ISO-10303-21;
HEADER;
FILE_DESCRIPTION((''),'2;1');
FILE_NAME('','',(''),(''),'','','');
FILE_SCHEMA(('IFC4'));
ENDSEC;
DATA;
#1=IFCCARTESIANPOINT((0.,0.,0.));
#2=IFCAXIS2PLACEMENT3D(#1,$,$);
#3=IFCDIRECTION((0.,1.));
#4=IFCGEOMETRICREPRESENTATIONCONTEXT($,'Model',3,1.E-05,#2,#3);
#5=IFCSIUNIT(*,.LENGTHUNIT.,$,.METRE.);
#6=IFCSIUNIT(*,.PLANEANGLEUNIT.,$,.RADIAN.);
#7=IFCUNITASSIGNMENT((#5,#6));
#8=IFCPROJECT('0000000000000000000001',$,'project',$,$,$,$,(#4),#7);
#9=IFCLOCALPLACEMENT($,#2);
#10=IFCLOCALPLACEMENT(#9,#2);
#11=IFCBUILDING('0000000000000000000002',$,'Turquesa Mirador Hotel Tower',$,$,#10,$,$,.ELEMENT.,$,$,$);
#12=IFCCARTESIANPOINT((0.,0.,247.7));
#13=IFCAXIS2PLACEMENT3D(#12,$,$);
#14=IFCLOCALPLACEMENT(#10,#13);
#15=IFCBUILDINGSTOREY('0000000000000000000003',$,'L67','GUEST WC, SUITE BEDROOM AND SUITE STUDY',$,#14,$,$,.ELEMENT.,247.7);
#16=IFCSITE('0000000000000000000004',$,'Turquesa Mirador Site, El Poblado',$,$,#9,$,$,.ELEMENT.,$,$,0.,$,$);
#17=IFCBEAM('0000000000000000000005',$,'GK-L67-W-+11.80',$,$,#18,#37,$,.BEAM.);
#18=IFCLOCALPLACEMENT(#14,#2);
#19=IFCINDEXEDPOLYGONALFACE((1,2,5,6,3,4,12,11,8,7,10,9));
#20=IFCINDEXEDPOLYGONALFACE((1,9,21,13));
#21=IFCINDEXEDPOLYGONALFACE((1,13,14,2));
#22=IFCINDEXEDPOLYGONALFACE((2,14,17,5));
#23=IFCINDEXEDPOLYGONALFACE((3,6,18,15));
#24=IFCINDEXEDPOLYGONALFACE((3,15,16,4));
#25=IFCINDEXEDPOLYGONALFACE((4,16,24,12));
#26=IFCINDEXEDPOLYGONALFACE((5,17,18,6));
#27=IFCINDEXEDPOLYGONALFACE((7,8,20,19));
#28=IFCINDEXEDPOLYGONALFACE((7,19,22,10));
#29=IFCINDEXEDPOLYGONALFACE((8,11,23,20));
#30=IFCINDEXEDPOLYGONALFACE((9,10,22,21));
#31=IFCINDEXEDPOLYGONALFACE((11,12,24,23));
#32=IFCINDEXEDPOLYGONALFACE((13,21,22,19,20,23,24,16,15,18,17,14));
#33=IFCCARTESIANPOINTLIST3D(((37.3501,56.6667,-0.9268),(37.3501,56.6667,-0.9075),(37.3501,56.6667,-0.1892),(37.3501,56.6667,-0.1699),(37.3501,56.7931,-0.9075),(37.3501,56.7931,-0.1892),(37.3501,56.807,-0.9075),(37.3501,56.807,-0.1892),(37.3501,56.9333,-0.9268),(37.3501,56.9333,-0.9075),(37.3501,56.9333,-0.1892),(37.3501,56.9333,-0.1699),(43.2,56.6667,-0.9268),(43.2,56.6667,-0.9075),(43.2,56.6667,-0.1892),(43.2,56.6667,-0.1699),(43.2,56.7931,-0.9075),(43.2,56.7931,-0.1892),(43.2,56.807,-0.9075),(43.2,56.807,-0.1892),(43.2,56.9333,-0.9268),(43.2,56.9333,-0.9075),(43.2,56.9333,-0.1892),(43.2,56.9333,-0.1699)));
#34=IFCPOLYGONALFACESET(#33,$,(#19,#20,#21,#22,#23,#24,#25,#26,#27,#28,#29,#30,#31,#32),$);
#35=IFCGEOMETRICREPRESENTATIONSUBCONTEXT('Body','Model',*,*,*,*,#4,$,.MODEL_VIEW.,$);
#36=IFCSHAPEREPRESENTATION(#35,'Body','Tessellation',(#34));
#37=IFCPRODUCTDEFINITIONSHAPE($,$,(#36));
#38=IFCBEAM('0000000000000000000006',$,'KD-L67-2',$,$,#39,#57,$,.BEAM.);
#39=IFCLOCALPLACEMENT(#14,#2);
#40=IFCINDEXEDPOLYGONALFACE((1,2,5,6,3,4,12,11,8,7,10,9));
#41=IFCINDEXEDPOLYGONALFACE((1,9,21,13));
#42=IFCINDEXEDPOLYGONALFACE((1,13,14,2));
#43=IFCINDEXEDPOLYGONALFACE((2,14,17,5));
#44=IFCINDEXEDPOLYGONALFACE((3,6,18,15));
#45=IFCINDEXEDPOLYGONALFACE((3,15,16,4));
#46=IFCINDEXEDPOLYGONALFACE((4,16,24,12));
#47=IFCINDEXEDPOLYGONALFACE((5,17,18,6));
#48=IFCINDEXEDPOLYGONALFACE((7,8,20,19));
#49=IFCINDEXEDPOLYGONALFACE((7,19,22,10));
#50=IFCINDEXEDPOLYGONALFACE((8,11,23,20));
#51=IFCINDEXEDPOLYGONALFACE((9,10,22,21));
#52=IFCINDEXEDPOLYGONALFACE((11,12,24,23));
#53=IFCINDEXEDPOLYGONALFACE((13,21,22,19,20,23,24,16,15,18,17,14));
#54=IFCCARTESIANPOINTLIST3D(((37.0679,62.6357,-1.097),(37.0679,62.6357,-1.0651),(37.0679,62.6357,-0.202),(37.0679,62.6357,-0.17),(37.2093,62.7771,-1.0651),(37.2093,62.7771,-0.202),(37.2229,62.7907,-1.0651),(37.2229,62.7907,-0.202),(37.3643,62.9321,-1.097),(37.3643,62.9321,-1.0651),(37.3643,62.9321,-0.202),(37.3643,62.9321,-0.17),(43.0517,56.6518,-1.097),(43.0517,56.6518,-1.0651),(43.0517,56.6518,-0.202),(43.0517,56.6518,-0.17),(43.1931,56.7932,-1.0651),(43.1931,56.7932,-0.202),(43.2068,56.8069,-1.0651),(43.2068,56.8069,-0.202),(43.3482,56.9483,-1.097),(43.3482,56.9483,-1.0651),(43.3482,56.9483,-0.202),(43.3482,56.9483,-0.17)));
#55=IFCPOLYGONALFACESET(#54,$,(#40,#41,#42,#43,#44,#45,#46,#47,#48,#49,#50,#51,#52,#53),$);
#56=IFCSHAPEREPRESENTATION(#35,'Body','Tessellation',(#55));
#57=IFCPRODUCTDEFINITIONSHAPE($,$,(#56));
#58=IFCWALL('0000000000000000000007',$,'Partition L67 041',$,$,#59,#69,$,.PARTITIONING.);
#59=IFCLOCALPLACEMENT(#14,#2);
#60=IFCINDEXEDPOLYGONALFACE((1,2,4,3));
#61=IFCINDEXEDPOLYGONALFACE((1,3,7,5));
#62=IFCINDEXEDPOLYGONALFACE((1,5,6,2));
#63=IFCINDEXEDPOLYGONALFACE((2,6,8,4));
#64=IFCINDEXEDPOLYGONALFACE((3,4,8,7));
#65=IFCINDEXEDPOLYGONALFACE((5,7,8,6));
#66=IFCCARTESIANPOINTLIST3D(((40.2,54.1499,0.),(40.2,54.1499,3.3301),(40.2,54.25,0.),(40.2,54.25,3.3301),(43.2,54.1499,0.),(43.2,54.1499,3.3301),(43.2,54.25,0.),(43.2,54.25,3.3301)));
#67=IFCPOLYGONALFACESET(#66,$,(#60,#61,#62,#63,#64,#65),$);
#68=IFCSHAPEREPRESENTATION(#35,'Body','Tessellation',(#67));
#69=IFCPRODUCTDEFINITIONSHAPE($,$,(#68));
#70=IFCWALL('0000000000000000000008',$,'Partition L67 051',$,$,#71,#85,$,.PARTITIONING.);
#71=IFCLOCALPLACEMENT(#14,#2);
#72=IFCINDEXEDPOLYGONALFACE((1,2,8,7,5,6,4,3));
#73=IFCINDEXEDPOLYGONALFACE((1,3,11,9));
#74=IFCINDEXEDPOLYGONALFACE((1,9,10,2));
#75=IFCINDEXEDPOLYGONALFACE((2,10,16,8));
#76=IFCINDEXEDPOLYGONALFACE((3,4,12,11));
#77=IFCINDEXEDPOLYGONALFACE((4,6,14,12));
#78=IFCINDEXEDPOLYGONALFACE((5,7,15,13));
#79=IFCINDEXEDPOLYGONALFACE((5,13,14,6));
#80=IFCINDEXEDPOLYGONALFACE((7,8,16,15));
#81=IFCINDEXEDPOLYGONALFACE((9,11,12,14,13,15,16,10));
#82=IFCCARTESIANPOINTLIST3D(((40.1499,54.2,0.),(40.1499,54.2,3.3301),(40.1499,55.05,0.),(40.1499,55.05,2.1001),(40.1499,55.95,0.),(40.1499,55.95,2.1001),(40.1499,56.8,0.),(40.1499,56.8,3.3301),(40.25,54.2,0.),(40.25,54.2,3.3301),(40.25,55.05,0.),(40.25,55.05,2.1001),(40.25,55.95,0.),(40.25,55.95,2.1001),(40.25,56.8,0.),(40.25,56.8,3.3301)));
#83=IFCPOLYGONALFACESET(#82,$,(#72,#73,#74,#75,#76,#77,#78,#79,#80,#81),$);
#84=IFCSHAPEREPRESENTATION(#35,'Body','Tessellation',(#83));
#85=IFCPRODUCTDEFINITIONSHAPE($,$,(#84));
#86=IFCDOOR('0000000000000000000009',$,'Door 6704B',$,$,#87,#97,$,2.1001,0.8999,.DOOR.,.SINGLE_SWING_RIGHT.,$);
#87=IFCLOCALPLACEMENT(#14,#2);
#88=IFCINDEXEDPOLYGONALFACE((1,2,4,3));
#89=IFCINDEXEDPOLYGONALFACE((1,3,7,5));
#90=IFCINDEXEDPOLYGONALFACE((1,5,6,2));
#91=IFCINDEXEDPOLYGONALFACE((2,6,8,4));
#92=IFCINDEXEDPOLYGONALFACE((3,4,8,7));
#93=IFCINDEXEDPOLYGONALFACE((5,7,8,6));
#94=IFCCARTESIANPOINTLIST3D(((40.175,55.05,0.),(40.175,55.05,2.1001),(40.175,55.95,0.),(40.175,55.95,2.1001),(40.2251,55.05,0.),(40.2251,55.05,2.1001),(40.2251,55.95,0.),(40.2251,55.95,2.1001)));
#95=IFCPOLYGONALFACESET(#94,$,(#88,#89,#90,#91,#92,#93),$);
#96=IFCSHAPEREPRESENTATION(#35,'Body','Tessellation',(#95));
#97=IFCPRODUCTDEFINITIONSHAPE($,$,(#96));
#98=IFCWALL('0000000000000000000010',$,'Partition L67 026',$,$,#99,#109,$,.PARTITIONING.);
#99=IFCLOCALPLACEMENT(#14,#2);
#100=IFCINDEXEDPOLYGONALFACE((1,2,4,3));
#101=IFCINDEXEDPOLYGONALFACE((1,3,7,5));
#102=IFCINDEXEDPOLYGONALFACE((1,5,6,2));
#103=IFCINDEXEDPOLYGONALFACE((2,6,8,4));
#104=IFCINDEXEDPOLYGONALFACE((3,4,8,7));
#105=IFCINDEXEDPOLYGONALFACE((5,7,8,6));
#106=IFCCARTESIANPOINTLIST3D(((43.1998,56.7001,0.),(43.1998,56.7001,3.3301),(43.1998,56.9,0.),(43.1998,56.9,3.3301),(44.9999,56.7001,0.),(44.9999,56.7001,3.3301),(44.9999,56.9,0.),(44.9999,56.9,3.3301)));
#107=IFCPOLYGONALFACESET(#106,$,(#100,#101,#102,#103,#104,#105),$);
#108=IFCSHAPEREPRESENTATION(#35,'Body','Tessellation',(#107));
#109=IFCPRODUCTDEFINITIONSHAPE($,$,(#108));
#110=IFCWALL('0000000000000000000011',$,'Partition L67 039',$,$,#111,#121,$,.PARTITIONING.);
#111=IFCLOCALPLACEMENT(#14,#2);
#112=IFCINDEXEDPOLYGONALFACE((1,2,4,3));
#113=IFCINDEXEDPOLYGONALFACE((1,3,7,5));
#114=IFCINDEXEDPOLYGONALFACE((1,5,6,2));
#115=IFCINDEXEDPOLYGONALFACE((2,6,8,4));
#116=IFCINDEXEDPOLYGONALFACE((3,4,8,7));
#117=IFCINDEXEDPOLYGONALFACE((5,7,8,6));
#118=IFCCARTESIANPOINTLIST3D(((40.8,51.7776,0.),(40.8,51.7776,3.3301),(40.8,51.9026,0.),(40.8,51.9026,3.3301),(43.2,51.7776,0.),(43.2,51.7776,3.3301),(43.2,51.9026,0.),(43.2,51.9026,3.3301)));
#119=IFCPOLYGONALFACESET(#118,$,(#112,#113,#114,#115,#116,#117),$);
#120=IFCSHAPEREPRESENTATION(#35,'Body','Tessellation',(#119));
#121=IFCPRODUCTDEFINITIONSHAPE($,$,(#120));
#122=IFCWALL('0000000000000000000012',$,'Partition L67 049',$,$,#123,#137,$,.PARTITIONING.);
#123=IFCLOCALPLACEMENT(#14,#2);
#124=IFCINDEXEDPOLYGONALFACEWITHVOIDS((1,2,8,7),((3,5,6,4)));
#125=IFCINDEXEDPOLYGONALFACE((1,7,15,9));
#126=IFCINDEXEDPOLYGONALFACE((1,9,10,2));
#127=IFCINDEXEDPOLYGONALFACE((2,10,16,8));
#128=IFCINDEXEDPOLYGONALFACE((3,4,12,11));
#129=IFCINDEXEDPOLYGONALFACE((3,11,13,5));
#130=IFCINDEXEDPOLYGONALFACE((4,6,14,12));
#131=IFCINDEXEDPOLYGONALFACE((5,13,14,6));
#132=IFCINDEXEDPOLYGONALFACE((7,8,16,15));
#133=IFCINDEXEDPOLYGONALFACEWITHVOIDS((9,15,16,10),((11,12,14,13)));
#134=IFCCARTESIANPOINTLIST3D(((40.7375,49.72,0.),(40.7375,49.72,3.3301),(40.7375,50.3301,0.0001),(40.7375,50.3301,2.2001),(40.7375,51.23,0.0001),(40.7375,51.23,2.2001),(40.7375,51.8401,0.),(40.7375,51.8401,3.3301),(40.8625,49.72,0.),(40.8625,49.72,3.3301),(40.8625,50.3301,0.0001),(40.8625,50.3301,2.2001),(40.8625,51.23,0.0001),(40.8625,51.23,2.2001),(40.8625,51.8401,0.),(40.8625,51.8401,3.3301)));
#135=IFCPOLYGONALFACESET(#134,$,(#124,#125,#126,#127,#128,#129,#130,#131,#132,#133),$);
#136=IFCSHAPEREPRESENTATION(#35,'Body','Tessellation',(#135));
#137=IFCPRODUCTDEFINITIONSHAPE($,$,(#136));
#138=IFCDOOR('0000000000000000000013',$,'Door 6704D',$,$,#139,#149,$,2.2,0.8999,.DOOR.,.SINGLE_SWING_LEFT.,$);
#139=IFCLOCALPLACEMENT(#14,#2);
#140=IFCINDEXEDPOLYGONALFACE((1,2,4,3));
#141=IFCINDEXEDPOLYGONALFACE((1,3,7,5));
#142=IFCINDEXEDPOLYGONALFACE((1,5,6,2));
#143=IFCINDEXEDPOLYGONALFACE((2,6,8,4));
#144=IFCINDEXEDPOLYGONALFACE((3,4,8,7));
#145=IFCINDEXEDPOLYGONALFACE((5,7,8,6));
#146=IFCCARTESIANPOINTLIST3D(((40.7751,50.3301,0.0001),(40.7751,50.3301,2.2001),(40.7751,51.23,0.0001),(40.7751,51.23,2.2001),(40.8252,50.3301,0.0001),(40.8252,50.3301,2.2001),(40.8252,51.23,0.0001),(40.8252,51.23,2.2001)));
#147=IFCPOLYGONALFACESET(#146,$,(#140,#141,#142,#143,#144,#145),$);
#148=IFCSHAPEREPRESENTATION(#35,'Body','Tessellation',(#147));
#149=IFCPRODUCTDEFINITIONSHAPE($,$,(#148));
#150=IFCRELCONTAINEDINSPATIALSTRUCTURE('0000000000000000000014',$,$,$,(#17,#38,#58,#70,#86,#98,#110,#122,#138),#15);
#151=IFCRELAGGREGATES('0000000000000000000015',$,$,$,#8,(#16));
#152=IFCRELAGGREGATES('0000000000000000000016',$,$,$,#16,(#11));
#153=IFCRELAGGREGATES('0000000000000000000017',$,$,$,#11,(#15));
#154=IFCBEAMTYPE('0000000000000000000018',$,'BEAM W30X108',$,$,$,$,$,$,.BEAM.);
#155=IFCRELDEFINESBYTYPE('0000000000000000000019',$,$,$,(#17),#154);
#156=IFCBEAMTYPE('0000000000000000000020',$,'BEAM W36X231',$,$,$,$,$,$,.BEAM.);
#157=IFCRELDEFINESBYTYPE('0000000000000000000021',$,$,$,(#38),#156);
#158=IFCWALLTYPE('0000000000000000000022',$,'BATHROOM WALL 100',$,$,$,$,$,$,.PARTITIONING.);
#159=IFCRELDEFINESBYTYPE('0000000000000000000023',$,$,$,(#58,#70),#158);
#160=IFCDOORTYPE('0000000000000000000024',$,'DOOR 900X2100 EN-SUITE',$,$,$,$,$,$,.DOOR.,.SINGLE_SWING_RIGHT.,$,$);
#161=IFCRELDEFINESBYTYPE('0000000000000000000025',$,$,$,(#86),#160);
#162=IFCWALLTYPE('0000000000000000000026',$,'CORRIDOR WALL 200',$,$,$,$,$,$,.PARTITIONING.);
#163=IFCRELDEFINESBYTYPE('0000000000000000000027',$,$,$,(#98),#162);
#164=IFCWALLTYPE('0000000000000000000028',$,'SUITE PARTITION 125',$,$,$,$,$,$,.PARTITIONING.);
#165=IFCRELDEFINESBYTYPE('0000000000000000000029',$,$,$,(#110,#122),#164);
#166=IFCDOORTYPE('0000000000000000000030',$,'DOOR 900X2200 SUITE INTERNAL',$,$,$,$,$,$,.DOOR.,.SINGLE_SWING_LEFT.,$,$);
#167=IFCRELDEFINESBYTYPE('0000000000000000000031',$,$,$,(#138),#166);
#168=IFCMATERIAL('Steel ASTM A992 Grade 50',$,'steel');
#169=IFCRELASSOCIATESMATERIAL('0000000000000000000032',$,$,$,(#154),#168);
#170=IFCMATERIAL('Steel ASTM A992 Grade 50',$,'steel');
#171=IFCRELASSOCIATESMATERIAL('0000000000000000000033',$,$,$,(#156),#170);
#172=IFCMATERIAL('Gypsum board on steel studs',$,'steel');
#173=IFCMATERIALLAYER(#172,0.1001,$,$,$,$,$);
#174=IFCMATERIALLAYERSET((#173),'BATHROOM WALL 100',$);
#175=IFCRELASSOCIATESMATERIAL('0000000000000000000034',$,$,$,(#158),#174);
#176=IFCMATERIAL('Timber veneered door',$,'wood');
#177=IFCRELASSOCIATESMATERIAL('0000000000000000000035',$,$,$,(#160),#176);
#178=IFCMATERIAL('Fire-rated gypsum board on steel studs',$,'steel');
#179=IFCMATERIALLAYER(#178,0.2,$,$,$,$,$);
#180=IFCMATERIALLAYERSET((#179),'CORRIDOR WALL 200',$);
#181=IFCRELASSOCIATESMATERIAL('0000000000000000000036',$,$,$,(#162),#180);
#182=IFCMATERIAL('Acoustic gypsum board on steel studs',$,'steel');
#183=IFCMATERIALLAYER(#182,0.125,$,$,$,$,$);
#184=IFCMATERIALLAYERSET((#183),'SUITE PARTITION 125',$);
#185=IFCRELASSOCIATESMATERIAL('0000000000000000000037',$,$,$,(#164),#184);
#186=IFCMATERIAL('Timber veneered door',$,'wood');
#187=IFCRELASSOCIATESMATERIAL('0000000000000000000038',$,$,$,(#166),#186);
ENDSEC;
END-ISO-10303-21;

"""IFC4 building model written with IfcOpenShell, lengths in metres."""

from ifc_helpers import new_model, si_unit, direction, frame, frame_2d, origin, origin_2d, place, context, subcontext, project, spatial, rectangle, i_section, extrude, material, layer, layer_set, material_profile, profile_set, type_object, element, fill, save


model = new_model("IFC4")

# Units and contexts
model_context = context("Model", 3, precision=1e-05, world=origin(), true_north=direction((0.0, 1.0)))
body_context = subcontext(model_context, "Body", "Model", "MODEL_VIEW")
ifc_project = project(units=[si_unit("LENGTHUNIT", "METRE"), si_unit("PLANEANGLEUNIT", "RADIAN")], contexts=[model_context])

# Site, building, storey
site_placement = place(None, origin())
site = spatial("IfcSite", under=ifc_project, at=site_placement, Name="Turquesa Mirador Site, El Poblado", CompositionType="ELEMENT", RefElevation=0.0)
building_placement = place(site_placement, origin())
building = spatial("IfcBuilding", under=site, at=building_placement, Name="Turquesa Mirador Hotel Tower", CompositionType="ELEMENT")
storey_placement = place(building_placement, frame((0.0, 0.0, 247.7)))
storey = spatial("IfcBuildingStorey", under=building, at=storey_placement, Name="L67", Description="GUEST WC, SUITE BEDROOM AND SUITE STUDY", CompositionType="ELEMENT", Elevation=247.7)

# Beams
ifc_material_1 = material(Name="Steel ASTM A992 Grade 50", Category="steel")
ifc_material_profile_1 = material_profile(ifc_material_1, i_section(OverallWidth=0.2666, OverallDepth=0.7568, WebThickness=0.0139, FlangeThickness=0.0193, at=origin_2d()), Name="W30X108")
ifc_profile_set_1 = profile_set([ifc_material_profile_1], Name="Steel ASTM A992 Grade 50")
beam_type_1 = type_object("IfcBeamType", Name="BEAM W30X108", PredefinedType="BEAM", material=ifc_profile_set_1)
beam_1_placement = place(storey_placement, frame((37.3501, 56.8, -0.5483), z_axis=(1.0, 0.0, 0.0), x_axis=(0.0, 1.0, 0.0)))
element("IfcBeam", 1, at=beam_1_placement, inside=storey, type_object=beam_type_1, Name="GK-L67-W-+11.80", PredefinedType="BEAM", context=body_context, shape_type="SweptSolid", body=[
    extrude(i_section(OverallWidth=0.2666, OverallDepth=0.7568, WebThickness=0.0139, FlangeThickness=0.0193, at=origin_2d()), origin(), (0.0, 0.0, 1.0), 5.8499),
])
ifc_material_2 = material(Name="Steel ASTM A992 Grade 50", Category="steel")
ifc_material_profile_2 = material_profile(ifc_material_2, i_section(OverallWidth=0.4192, OverallDepth=0.927, WebThickness=0.0193, FlangeThickness=0.032, at=origin_2d()), Name="W36X231")
ifc_profile_set_2 = profile_set([ifc_material_profile_2], Name="Steel ASTM A992 Grade 50")
beam_type_2 = type_object("IfcBeamType", Name="BEAM W36X231", PredefinedType="BEAM", material=ifc_profile_set_2)
beam_2_placement = place(storey_placement, frame((43.2, 56.8, -0.6335), z_axis=(-0.707107, 0.707107, 0.0), x_axis=(-0.707107, -0.707107, 0.0)))
element("IfcBeam", 2, at=beam_2_placement, inside=storey, type_object=beam_type_2, Name="KD-L67-2", PredefinedType="BEAM", context=body_context, shape_type="SweptSolid", body=[
    extrude(i_section(OverallWidth=0.4192, OverallDepth=0.927, WebThickness=0.0193, FlangeThickness=0.032, at=origin_2d()), origin(), (0.0, 0.0, 1.0), 8.4624),
])

# Wall
ifc_material_3 = material(Name="Gypsum board on steel studs", Category="steel")
ifc_layer_1 = layer(ifc_material_3, 0.1001)
ifc_layer_set_1 = layer_set([ifc_layer_1], Name="BATHROOM WALL 100")
wall_type_1 = type_object("IfcWallType", Name="BATHROOM WALL 100", PredefinedType="PARTITIONING", material=ifc_layer_set_1)
wall_1_placement = place(storey_placement, frame((40.2, 54.2, 0.0), z_axis=(0.0, 0.0, 1.0), x_axis=(1.0, 0.0, 0.0)))
element("IfcWall", 3, at=wall_1_placement, inside=storey, type_object=wall_type_1, Name="Partition L67 041", PredefinedType="PARTITIONING", context=body_context, shape_type="SweptSolid", body=[
    extrude(rectangle(XDim=3.0, YDim=0.1001, at=frame_2d((1.5, 0.0))), origin(), (0.0, 0.0, 1.0), 3.3301),
])

# Wall, opening, door
wall_2_placement = place(storey_placement, frame((40.2, 54.2, 0.0), z_axis=(0.0, 0.0, 1.0), x_axis=(0.0, 1.0, 0.0)))
wall_2 = element("IfcWall", 4, at=wall_2_placement, inside=storey, type_object=wall_type_1, Name="Partition L67 051", PredefinedType="PARTITIONING", context=body_context, shape_type="SweptSolid", body=[
    extrude(rectangle(XDim=2.6001, YDim=0.1001, at=frame_2d((1.3, 0.0))), origin(), (0.0, 0.0, 1.0), 3.3301),
])
opening_1_placement = place(wall_2_placement, frame((0.8501, 0.0, 0.0)))
opening_1 = element("IfcOpeningElement", 5, at=opening_1_placement, cuts=wall_2, PredefinedType="OPENING", context=body_context, shape_type="SweptSolid", body=[
    extrude(rectangle(XDim=0.8999, YDim=2.1001, at=frame_2d((0.45, 1.05))), frame((0.0, 0.0601, 0.0), z_axis=(0.0, -1.0, 0.0), x_axis=(1.0, 0.0, 0.0)), (0.0, 0.0, 1.0), 0.1201),
])
ifc_material_4 = material(Name="Timber veneered door", Category="wood")
door_type_1 = type_object("IfcDoorType", Name="DOOR 900X2100 EN-SUITE", OperationType="SINGLE_SWING_RIGHT", PredefinedType="DOOR", material=ifc_material_4)
door_1_placement = place(opening_1_placement, origin())
door_1 = element("IfcDoor", 6, at=door_1_placement, inside=storey, type_object=door_type_1, Name="Door 6704B", OperationType="SINGLE_SWING_RIGHT", OverallHeight=2.1001, OverallWidth=0.8999, PredefinedType="DOOR", context=body_context, shape_type="SweptSolid", body=[
    extrude(rectangle(XDim=0.8999, YDim=2.1001, at=frame_2d((0.45, 1.05))), frame((0.0, 0.0249, 0.0), z_axis=(0.0, -1.0, 0.0), x_axis=(1.0, 0.0, 0.0)), (0.0, 0.0, 1.0), 0.05),
])
fill(opening_1, door_1)

# Walls
ifc_material_5 = material(Name="Fire-rated gypsum board on steel studs", Category="steel")
ifc_layer_2 = layer(ifc_material_5, 0.2)
ifc_layer_set_2 = layer_set([ifc_layer_2], Name="CORRIDOR WALL 200")
wall_type_2 = type_object("IfcWallType", Name="CORRIDOR WALL 200", PredefinedType="PARTITIONING", material=ifc_layer_set_2)
wall_3_placement = place(storey_placement, frame((43.2, 56.8, 0.0), z_axis=(0.0, 0.0, 1.0), x_axis=(1.0, 0.0, 0.0)))
element("IfcWall", 7, at=wall_3_placement, inside=storey, type_object=wall_type_2, Name="Partition L67 026", PredefinedType="PARTITIONING", context=body_context, shape_type="SweptSolid", body=[
    extrude(rectangle(XDim=1.8, YDim=0.2, at=frame_2d((0.8999, 0.0))), origin(), (0.0, 0.0, 1.0), 3.3301),
])
ifc_material_6 = material(Name="Acoustic gypsum board on steel studs", Category="steel")
ifc_layer_3 = layer(ifc_material_6, 0.125)
ifc_layer_set_3 = layer_set([ifc_layer_3], Name="SUITE PARTITION 125")
wall_type_3 = type_object("IfcWallType", Name="SUITE PARTITION 125", PredefinedType="PARTITIONING", material=ifc_layer_set_3)
wall_4_placement = place(storey_placement, frame((40.8, 51.8401, 0.0), z_axis=(0.0, 0.0, 1.0), x_axis=(1.0, 0.0, 0.0)))
element("IfcWall", 8, at=wall_4_placement, inside=storey, type_object=wall_type_3, Name="Partition L67 039", PredefinedType="PARTITIONING", context=body_context, shape_type="SweptSolid", body=[
    extrude(rectangle(XDim=2.3999, YDim=0.125, at=frame_2d((1.2, 0.0))), origin(), (0.0, 0.0, 1.0), 3.3301),
])

# Wall, opening, door
wall_5_placement = place(storey_placement, frame((40.8, 49.72, 0.0), z_axis=(0.0, 0.0, 1.0), x_axis=(0.0, 1.0, 0.0)))
wall_5 = element("IfcWall", 9, at=wall_5_placement, inside=storey, type_object=wall_type_3, Name="Partition L67 049", PredefinedType="PARTITIONING", context=body_context, shape_type="SweptSolid", body=[
    extrude(rectangle(XDim=2.1201, YDim=0.125, at=frame_2d((1.0601, 0.0))), origin(), (0.0, 0.0, 1.0), 3.3301),
])
opening_2_placement = place(wall_5_placement, frame((0.6101, 0.0, 0.0)))
opening_2 = element("IfcOpeningElement", 10, at=opening_2_placement, cuts=wall_5, PredefinedType="OPENING", context=body_context, shape_type="SweptSolid", body=[
    extrude(rectangle(XDim=0.8999, YDim=2.2, at=frame_2d((0.45, 1.1001))), frame((0.0, 0.0725, 0.0), z_axis=(0.0, -1.0, 0.0), x_axis=(1.0, 0.0, 0.0)), (0.0, 0.0, 1.0), 0.145),
])
ifc_material_7 = material(Name="Timber veneered door", Category="wood")
door_type_2 = type_object("IfcDoorType", Name="DOOR 900X2200 SUITE INTERNAL", OperationType="SINGLE_SWING_LEFT", PredefinedType="DOOR", material=ifc_material_7)
door_2_placement = place(opening_2_placement, origin())
door_2 = element("IfcDoor", 11, at=door_2_placement, inside=storey, type_object=door_type_2, Name="Door 6704D", OperationType="SINGLE_SWING_LEFT", OverallHeight=2.2, OverallWidth=0.8999, PredefinedType="DOOR", context=body_context, shape_type="SweptSolid", body=[
    extrude(rectangle(XDim=0.8999, YDim=2.2, at=frame_2d((0.45, 1.1001))), frame((0.0, 0.0249, 0.0), z_axis=(0.0, -1.0, 0.0), x_axis=(1.0, 0.0, 0.0)), (0.0, 0.0, 1.0), 0.05),
])
fill(opening_2, door_2)

save(model, "model.ifc")
